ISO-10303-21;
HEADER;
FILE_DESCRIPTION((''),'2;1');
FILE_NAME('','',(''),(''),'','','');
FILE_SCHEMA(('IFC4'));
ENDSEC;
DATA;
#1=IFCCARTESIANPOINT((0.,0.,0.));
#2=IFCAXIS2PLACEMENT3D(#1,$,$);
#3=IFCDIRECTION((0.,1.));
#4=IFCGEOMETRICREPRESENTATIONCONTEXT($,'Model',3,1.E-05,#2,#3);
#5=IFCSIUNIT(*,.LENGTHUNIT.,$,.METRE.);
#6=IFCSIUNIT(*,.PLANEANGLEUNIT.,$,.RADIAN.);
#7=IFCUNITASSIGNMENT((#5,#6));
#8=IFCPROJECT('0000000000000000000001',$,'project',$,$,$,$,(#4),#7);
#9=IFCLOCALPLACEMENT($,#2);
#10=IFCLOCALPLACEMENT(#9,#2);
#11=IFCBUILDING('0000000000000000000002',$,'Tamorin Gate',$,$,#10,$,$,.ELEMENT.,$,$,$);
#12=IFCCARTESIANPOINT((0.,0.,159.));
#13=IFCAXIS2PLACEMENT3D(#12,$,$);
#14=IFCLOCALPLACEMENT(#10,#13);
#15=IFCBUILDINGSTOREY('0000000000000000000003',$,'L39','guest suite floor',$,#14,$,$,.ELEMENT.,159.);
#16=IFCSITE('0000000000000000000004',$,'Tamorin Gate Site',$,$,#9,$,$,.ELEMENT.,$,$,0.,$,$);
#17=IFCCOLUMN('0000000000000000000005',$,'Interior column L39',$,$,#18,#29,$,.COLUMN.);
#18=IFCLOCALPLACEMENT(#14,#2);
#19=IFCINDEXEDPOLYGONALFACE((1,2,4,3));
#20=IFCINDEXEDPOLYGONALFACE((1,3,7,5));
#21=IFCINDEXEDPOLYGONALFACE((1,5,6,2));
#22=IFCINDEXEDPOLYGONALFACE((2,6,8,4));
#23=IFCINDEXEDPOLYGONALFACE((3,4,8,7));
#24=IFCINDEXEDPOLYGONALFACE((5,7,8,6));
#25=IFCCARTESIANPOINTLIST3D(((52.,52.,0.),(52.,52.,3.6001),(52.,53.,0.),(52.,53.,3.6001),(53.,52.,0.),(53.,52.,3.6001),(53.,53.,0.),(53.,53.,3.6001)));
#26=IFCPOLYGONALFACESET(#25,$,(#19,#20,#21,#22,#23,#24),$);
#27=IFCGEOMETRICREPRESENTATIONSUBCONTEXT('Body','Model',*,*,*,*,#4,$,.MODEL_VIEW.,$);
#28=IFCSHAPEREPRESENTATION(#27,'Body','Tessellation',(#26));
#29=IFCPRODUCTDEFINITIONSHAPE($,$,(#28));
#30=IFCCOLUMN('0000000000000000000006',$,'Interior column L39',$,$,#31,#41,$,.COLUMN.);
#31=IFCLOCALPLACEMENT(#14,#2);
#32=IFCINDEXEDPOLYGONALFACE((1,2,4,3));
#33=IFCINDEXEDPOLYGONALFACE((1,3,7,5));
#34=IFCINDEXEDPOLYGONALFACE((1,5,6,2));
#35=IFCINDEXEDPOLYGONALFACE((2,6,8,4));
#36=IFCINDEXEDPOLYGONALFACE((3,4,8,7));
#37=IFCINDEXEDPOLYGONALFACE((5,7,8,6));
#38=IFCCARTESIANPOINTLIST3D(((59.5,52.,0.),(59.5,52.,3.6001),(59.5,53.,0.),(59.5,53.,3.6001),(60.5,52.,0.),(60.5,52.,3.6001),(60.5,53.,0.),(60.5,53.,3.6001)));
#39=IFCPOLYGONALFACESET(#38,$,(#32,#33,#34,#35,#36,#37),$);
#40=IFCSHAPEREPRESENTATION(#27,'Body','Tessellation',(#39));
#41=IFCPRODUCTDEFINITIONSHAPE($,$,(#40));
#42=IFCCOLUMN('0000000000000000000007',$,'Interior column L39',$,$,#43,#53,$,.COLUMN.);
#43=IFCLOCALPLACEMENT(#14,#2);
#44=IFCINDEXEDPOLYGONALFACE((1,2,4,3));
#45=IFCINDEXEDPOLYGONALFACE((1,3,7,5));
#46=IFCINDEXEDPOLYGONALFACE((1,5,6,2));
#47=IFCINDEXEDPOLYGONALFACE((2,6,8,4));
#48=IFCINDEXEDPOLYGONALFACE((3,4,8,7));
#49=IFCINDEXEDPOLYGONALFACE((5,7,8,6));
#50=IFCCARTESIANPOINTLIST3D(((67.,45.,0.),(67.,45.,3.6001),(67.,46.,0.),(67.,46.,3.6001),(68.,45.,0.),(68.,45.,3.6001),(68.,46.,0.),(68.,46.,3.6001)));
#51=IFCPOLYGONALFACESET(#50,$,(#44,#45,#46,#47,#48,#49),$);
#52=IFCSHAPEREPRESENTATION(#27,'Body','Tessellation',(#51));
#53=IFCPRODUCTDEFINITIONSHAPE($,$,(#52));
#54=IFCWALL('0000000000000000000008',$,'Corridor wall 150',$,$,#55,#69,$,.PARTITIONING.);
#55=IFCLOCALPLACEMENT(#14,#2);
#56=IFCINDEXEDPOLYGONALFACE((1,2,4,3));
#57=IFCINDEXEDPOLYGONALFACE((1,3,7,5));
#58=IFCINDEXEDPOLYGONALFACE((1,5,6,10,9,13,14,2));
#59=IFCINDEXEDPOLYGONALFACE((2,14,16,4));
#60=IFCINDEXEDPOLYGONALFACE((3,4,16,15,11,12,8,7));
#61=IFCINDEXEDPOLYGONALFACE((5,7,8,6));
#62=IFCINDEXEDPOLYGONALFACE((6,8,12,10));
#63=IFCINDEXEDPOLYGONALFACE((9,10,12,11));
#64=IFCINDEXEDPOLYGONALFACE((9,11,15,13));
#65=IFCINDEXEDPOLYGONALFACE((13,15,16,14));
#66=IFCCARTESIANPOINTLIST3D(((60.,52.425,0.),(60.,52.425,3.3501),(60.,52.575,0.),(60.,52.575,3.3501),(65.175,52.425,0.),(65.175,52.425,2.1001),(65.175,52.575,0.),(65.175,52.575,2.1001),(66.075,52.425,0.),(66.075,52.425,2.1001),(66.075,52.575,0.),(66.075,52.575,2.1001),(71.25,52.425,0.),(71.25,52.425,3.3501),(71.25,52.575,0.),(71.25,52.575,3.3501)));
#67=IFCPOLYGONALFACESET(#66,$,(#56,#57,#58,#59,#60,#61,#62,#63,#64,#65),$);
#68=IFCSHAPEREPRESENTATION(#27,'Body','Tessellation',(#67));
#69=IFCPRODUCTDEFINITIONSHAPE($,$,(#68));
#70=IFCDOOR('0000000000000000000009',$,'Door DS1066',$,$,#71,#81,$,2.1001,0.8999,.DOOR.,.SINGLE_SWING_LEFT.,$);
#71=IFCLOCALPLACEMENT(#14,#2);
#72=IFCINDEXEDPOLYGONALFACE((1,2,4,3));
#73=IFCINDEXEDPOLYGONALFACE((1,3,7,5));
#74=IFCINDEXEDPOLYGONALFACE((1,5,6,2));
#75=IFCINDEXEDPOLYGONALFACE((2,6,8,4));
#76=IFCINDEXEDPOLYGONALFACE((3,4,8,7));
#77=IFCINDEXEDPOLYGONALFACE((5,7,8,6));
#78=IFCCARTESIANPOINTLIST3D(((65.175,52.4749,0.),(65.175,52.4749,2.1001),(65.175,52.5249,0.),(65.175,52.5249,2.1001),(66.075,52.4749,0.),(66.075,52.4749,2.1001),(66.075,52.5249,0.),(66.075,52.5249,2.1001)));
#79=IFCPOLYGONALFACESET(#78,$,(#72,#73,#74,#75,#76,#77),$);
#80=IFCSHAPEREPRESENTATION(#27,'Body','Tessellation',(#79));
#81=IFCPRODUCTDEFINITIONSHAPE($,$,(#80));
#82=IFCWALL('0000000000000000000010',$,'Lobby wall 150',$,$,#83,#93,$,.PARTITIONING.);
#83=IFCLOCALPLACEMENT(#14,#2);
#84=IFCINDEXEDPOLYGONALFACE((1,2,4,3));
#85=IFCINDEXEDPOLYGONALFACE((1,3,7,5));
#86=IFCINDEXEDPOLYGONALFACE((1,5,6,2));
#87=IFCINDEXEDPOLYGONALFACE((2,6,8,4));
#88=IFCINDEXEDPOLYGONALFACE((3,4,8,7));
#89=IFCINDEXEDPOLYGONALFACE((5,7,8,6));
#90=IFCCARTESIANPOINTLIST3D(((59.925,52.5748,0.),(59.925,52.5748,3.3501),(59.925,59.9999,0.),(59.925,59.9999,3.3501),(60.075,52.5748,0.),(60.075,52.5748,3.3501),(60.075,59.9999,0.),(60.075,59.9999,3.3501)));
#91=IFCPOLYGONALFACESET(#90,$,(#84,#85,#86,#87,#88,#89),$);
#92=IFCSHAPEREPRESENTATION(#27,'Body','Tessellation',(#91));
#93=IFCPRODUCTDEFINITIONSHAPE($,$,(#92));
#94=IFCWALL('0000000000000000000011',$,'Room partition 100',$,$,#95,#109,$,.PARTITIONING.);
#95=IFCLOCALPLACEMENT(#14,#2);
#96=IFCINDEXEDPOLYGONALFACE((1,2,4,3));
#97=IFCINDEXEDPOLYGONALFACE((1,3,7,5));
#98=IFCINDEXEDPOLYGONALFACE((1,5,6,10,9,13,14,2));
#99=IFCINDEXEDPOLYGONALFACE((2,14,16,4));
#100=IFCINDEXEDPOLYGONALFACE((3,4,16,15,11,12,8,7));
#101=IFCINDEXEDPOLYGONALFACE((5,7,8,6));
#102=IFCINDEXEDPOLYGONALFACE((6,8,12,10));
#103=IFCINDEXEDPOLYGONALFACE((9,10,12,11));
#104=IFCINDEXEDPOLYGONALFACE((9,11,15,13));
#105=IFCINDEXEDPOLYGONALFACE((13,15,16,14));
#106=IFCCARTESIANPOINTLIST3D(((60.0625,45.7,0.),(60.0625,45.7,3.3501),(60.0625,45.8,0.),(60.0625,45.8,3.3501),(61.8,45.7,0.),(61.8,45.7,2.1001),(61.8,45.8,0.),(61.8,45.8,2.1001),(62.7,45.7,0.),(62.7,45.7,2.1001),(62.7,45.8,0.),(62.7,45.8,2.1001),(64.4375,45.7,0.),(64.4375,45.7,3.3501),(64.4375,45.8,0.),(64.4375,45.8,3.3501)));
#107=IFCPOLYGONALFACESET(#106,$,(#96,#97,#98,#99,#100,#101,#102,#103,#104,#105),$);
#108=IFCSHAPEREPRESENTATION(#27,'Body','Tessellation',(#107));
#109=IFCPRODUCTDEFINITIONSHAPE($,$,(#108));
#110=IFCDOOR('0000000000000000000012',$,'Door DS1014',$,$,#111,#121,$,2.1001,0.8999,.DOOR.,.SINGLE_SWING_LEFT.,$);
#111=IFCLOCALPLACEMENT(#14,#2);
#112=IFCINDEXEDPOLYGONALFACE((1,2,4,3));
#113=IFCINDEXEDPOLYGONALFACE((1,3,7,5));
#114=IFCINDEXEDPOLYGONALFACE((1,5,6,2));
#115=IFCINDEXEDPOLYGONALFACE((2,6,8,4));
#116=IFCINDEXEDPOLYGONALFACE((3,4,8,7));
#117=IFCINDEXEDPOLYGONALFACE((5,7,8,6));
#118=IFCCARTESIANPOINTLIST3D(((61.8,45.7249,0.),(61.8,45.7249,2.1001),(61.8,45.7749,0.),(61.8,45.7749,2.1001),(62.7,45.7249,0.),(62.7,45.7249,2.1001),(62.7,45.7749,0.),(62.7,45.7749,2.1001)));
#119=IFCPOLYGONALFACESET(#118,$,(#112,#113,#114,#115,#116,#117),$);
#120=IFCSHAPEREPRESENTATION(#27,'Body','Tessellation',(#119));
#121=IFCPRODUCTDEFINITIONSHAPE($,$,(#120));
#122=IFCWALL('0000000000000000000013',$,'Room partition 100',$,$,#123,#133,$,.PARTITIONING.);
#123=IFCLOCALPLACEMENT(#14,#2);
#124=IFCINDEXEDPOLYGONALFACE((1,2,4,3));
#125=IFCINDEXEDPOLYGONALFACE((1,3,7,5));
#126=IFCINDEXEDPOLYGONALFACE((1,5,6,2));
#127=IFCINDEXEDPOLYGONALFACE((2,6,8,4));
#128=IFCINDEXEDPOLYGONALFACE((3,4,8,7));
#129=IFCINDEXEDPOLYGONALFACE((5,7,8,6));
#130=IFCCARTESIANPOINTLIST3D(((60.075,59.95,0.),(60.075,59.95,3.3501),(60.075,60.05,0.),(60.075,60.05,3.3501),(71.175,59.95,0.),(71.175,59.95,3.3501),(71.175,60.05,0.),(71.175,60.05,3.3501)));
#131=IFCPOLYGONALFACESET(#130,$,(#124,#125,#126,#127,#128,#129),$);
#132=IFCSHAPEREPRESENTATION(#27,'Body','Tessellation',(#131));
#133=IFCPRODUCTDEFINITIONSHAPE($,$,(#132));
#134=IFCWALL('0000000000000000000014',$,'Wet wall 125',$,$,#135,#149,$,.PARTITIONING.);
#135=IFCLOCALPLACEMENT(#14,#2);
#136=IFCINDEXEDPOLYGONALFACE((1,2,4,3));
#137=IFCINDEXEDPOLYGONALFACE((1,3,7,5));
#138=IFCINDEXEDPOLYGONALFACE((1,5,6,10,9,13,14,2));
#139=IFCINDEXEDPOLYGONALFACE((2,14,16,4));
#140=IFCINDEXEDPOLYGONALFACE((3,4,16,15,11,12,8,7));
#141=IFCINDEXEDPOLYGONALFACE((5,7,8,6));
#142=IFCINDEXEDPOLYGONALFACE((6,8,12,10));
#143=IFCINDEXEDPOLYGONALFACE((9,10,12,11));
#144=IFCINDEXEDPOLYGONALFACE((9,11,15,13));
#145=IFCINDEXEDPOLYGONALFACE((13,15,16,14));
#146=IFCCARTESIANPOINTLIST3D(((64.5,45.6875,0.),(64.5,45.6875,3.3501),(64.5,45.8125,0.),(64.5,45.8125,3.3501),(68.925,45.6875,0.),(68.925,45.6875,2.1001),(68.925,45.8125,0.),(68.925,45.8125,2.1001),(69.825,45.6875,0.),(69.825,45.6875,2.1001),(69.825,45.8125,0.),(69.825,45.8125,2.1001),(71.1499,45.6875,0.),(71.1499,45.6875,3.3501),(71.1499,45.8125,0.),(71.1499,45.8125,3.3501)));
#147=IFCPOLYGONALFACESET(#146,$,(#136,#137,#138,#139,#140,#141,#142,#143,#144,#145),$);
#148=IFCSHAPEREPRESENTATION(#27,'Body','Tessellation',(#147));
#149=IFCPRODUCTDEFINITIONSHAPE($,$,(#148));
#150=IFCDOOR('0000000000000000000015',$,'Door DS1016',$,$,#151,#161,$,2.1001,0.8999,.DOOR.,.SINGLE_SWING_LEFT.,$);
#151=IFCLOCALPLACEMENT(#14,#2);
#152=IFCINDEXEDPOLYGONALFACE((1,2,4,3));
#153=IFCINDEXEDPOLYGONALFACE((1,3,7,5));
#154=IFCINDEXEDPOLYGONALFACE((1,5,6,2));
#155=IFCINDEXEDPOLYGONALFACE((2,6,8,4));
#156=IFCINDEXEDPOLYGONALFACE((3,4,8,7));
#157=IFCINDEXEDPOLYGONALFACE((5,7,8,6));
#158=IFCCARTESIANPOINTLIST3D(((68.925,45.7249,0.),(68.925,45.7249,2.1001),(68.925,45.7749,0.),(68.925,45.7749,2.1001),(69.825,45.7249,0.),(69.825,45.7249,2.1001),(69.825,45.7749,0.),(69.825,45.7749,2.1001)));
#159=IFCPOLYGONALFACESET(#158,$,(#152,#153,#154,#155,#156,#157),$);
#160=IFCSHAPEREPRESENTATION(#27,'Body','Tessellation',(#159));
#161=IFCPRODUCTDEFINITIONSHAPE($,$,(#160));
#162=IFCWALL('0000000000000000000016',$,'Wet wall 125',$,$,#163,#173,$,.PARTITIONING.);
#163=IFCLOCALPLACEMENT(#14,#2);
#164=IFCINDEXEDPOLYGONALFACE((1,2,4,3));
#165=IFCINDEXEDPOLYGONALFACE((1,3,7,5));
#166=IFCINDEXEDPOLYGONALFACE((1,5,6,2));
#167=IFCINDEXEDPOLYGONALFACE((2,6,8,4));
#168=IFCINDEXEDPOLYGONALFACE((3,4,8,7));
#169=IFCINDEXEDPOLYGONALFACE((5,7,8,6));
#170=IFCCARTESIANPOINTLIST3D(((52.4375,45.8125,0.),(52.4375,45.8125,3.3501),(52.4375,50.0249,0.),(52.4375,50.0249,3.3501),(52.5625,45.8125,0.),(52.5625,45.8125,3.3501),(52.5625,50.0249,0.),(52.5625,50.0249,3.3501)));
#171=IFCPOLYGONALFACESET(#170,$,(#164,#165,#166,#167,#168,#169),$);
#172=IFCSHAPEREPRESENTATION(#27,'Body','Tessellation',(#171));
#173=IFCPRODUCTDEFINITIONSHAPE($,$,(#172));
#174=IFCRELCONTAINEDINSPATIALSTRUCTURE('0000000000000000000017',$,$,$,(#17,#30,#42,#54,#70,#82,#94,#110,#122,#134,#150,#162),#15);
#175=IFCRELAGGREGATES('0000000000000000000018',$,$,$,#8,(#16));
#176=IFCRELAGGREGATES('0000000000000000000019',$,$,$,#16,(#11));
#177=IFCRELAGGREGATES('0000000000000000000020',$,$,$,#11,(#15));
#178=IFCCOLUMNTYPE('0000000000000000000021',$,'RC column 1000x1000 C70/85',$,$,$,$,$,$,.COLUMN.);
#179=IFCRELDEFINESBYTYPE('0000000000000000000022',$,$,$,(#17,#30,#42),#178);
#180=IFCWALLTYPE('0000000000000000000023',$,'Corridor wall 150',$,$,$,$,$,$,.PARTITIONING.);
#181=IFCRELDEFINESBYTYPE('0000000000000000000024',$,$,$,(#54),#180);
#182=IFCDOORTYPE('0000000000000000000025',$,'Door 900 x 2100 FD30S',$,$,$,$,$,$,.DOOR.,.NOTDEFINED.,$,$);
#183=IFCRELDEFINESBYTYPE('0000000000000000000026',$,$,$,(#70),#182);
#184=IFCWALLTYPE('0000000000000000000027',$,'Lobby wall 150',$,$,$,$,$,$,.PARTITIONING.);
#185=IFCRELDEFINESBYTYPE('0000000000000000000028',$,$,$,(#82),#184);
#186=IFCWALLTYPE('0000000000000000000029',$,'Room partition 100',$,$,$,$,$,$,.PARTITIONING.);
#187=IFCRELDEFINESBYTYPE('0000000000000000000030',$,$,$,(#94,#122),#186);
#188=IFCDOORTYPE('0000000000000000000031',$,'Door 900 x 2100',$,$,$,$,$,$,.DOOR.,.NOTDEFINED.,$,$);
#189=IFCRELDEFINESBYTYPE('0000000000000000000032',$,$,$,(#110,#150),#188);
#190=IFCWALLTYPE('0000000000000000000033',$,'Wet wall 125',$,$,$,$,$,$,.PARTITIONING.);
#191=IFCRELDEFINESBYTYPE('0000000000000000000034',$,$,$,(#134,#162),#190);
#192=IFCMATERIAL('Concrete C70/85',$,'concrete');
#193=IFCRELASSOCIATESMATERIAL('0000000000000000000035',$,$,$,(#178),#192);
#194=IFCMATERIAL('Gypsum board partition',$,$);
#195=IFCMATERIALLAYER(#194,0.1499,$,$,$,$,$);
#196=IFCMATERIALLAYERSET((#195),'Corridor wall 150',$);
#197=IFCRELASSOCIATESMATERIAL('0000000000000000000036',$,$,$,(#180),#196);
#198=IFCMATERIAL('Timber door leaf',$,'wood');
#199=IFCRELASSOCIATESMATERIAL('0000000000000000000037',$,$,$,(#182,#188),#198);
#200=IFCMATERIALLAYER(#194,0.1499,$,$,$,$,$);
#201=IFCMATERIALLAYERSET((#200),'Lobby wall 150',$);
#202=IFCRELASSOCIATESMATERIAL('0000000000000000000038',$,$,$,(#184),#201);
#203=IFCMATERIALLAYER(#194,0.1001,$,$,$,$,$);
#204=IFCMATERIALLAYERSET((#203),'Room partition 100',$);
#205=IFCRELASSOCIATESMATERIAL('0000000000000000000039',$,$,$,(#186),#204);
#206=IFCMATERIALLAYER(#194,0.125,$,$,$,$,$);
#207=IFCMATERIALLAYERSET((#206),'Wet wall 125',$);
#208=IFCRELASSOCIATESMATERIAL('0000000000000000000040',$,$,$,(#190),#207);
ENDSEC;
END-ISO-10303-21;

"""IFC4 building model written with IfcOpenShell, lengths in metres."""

from ifc_helpers import new_model, si_unit, direction, frame, frame_2d, origin, origin_2d, place, context, subcontext, project, spatial, rectangle, extrude, material, layer, layer_set, material_profile, profile_set, type_object, element, fill, save


model = new_model("IFC4")

# Units and contexts
model_context = context("Model", 3, precision=1e-05, world=origin(), true_north=direction((0.0, 1.0)))
body_context = subcontext(model_context, "Body", "Model", "MODEL_VIEW")
ifc_project = project(units=[si_unit("LENGTHUNIT", "METRE"), si_unit("PLANEANGLEUNIT", "RADIAN")], contexts=[model_context])

# Site, building, storey
site_placement = place(None, origin())
site = spatial("IfcSite", under=ifc_project, at=site_placement, Name="Tamorin Gate Site", CompositionType="ELEMENT", RefElevation=0.0)
building_placement = place(site_placement, origin())
building = spatial("IfcBuilding", under=site, at=building_placement, Name="Tamorin Gate", CompositionType="ELEMENT")
storey_placement = place(building_placement, frame((0.0, 0.0, 159.0)))
storey = spatial("IfcBuildingStorey", under=building, at=storey_placement, Name="L39", Description="guest suite floor", CompositionType="ELEMENT", Elevation=159.0)

# Columns
ifc_material_1 = material(Name="Concrete C70/85", Category="concrete")
ifc_material_profile = material_profile(ifc_material_1, rectangle(XDim=1.0, YDim=1.0, at=origin_2d()), Name="RC 1000x1000")
ifc_profile_set = profile_set([ifc_material_profile], Name="Concrete C70/85")
column_type = type_object("IfcColumnType", Name="RC column 1000x1000 C70/85", PredefinedType="COLUMN", material=ifc_profile_set)
for number, where, z_axis, x_axis, name in (
    (1, (52.5, 52.5, 0.0), (0.0, 0.0, 1.0), (1.0, 0.0, 0.0), "Interior column L39"),
    (2, (60.0, 52.5, 0.0), (0.0, 0.0, 1.0), (1.0, 0.0, 0.0), "Interior column L39"),
    (3, (67.5, 45.5, 0.0), (0.0, 0.0, 1.0), (1.0, 0.0, 0.0), "Interior column L39"),
):
    element("IfcColumn", number, at=place(storey_placement, frame(where, z_axis=z_axis, x_axis=x_axis)), inside=storey, type_object=column_type, Name=name, PredefinedType="COLUMN", context=body_context, shape_type="SweptSolid", body=[
        extrude(rectangle(XDim=1.0, YDim=1.0, at=origin_2d()), origin(), (0.0, 0.0, 1.0), 3.6001),
    ])

# Wall, opening, door
ifc_material_2 = material(Name="Gypsum board partition")
ifc_layer_1 = layer(ifc_material_2, 0.1499)
ifc_layer_set_1 = layer_set([ifc_layer_1], Name="Corridor wall 150")
wall_type_1 = type_object("IfcWallType", Name="Corridor wall 150", PredefinedType="PARTITIONING", material=ifc_layer_set_1)
wall_1_placement = place(storey_placement, frame((60.0, 52.5, 0.0), z_axis=(0.0, 0.0, 1.0), x_axis=(1.0, 0.0, 0.0)))
wall_1 = element("IfcWall", 4, at=wall_1_placement, inside=storey, type_object=wall_type_1, Name="Corridor wall 150", PredefinedType="PARTITIONING", context=body_context, shape_type="SweptSolid", body=[
    extrude(rectangle(XDim=11.25, YDim=0.1499, at=frame_2d((5.625, 0.0))), origin(), (0.0, 0.0, 1.0), 3.3501),
])
opening_1_placement = place(wall_1_placement, frame((5.175, 0.0, 0.0)))
opening_1 = element("IfcOpeningElement", 5, at=opening_1_placement, cuts=wall_1, PredefinedType="OPENING", context=body_context, shape_type="SweptSolid", body=[
    extrude(rectangle(XDim=0.8999, YDim=2.1001, at=frame_2d((0.45, 1.05))), frame((0.0, 0.085, 0.0), z_axis=(0.0, -1.0, 0.0), x_axis=(1.0, 0.0, 0.0)), (0.0, 0.0, 1.0), 0.1699),
])
ifc_material_3 = material(Name="Timber door leaf", Category="wood")
door_type_1 = type_object("IfcDoorType", Name="Door 900 x 2100 FD30S", OperationType="NOTDEFINED", PredefinedType="DOOR", material=ifc_material_3)
door_1_placement = place(opening_1_placement, origin())
door_1 = element("IfcDoor", 6, at=door_1_placement, inside=storey, type_object=door_type_1, Name="Door DS1066", OperationType="SINGLE_SWING_LEFT", OverallHeight=2.1001, OverallWidth=0.8999, PredefinedType="DOOR", context=body_context, shape_type="SweptSolid", body=[
    extrude(rectangle(XDim=0.8999, YDim=2.1001, at=frame_2d((0.45, 1.05))), frame((0.0, 0.0249, 0.0), z_axis=(0.0, -1.0, 0.0), x_axis=(1.0, 0.0, 0.0)), (0.0, 0.0, 1.0), 0.05),
])
fill(opening_1, door_1)

# Wall
ifc_layer_2 = layer(ifc_material_2, 0.1499)
ifc_layer_set_2 = layer_set([ifc_layer_2], Name="Lobby wall 150")
wall_type_2 = type_object("IfcWallType", Name="Lobby wall 150", PredefinedType="PARTITIONING", material=ifc_layer_set_2)
wall_2_placement = place(storey_placement, frame((60.0, 52.575, 0.0), z_axis=(0.0, 0.0, 1.0), x_axis=(0.0, 1.0, 0.0)))
element("IfcWall", 7, at=wall_2_placement, inside=storey, type_object=wall_type_2, Name="Lobby wall 150", PredefinedType="PARTITIONING", context=body_context, shape_type="SweptSolid", body=[
    extrude(rectangle(XDim=7.425, YDim=0.1499, at=frame_2d((3.7124, 0.0))), origin(), (0.0, 0.0, 1.0), 3.3501),
])

# Wall, opening, door
ifc_layer_3 = layer(ifc_material_2, 0.1001)
ifc_layer_set_3 = layer_set([ifc_layer_3], Name="Room partition 100")
wall_type_3 = type_object("IfcWallType", Name="Room partition 100", PredefinedType="PARTITIONING", material=ifc_layer_set_3)
wall_3_placement = place(storey_placement, frame((60.0625, 45.75, 0.0), z_axis=(0.0, 0.0, 1.0), x_axis=(1.0, 0.0, 0.0)))
wall_3 = element("IfcWall", 8, at=wall_3_placement, inside=storey, type_object=wall_type_3, Name="Room partition 100", PredefinedType="PARTITIONING", context=body_context, shape_type="SweptSolid", body=[
    extrude(rectangle(XDim=4.375, YDim=0.1001, at=frame_2d((2.1875, 0.0))), origin(), (0.0, 0.0, 1.0), 3.3501),
])
opening_2_placement = place(wall_3_placement, frame((1.7375, 0.0, 0.0)))
opening_2 = element("IfcOpeningElement", 9, at=opening_2_placement, cuts=wall_3, PredefinedType="OPENING", context=body_context, shape_type="SweptSolid", body=[
    extrude(rectangle(XDim=0.8999, YDim=2.1001, at=frame_2d((0.45, 1.05))), frame((0.0, 0.0601, 0.0), z_axis=(0.0, -1.0, 0.0), x_axis=(1.0, 0.0, 0.0)), (0.0, 0.0, 1.0), 0.1201),
])
door_type_2 = type_object("IfcDoorType", Name="Door 900 x 2100", OperationType="NOTDEFINED", PredefinedType="DOOR", material=ifc_material_3)
door_2_placement = place(opening_2_placement, origin())
door_2 = element("IfcDoor", 10, at=door_2_placement, inside=storey, type_object=door_type_2, Name="Door DS1014", OperationType="SINGLE_SWING_LEFT", OverallHeight=2.1001, OverallWidth=0.8999, PredefinedType="DOOR", context=body_context, shape_type="SweptSolid", body=[
    extrude(rectangle(XDim=0.8999, YDim=2.1001, at=frame_2d((0.45, 1.05))), frame((0.0, 0.0249, 0.0), z_axis=(0.0, -1.0, 0.0), x_axis=(1.0, 0.0, 0.0)), (0.0, 0.0, 1.0), 0.05),
])
fill(opening_2, door_2)

# Wall
wall_4_placement = place(storey_placement, frame((60.075, 60.0, 0.0), z_axis=(0.0, 0.0, 1.0), x_axis=(1.0, 0.0, 0.0)))
element("IfcWall", 11, at=wall_4_placement, inside=storey, type_object=wall_type_3, Name="Room partition 100", PredefinedType="PARTITIONING", context=body_context, shape_type="SweptSolid", body=[
    extrude(rectangle(XDim=11.1001, YDim=0.1001, at=frame_2d((5.55, 0.0))), origin(), (0.0, 0.0, 1.0), 3.3501),
])

# Wall, opening, door
ifc_layer_4 = layer(ifc_material_2, 0.125)
ifc_layer_set_4 = layer_set([ifc_layer_4], Name="Wet wall 125")
wall_type_4 = type_object("IfcWallType", Name="Wet wall 125", PredefinedType="PARTITIONING", material=ifc_layer_set_4)
wall_5_placement = place(storey_placement, frame((64.5, 45.75, 0.0), z_axis=(0.0, 0.0, 1.0), x_axis=(1.0, 0.0, 0.0)))
wall_5 = element("IfcWall", 12, at=wall_5_placement, inside=storey, type_object=wall_type_4, Name="Wet wall 125", PredefinedType="PARTITIONING", context=body_context, shape_type="SweptSolid", body=[
    extrude(rectangle(XDim=6.6499, YDim=0.125, at=frame_2d((3.325, 0.0))), origin(), (0.0, 0.0, 1.0), 3.3501),
])
opening_3_placement = place(wall_5_placement, frame((4.425, 0.0, 0.0)))
opening_3 = element("IfcOpeningElement", 13, at=opening_3_placement, cuts=wall_5, PredefinedType="OPENING", context=body_context, shape_type="SweptSolid", body=[
    extrude(rectangle(XDim=0.8999, YDim=2.1001, at=frame_2d((0.45, 1.05))), frame((0.0, 0.0725, 0.0), z_axis=(0.0, -1.0, 0.0), x_axis=(1.0, 0.0, 0.0)), (0.0, 0.0, 1.0), 0.145),
])
door_3_placement = place(opening_3_placement, origin())
door_3 = element("IfcDoor", 14, at=door_3_placement, inside=storey, type_object=door_type_2, Name="Door DS1016", OperationType="SINGLE_SWING_LEFT", OverallHeight=2.1001, OverallWidth=0.8999, PredefinedType="DOOR", context=body_context, shape_type="SweptSolid", body=[
    extrude(rectangle(XDim=0.8999, YDim=2.1001, at=frame_2d((0.45, 1.05))), frame((0.0, 0.0249, 0.0), z_axis=(0.0, -1.0, 0.0), x_axis=(1.0, 0.0, 0.0)), (0.0, 0.0, 1.0), 0.05),
])
fill(opening_3, door_3)

# Wall
for number, where, z_axis, x_axis, name in (
    (15, (52.5, 45.8125, 0.0), (0.0, 0.0, 1.0), (0.0, 1.0, 0.0), "Wet wall 125"),
):
    element("IfcWall", number, at=place(storey_placement, frame(where, z_axis=z_axis, x_axis=x_axis)), inside=storey, type_object=wall_type_4, Name=name, PredefinedType="PARTITIONING", context=body_context, shape_type="SweptSolid", body=[
        extrude(rectangle(XDim=4.2124, YDim=0.125, at=frame_2d((2.1062, 0.0))), origin(), (0.0, 0.0, 1.0), 3.3501),
    ])

save(model, "model.ifc")
